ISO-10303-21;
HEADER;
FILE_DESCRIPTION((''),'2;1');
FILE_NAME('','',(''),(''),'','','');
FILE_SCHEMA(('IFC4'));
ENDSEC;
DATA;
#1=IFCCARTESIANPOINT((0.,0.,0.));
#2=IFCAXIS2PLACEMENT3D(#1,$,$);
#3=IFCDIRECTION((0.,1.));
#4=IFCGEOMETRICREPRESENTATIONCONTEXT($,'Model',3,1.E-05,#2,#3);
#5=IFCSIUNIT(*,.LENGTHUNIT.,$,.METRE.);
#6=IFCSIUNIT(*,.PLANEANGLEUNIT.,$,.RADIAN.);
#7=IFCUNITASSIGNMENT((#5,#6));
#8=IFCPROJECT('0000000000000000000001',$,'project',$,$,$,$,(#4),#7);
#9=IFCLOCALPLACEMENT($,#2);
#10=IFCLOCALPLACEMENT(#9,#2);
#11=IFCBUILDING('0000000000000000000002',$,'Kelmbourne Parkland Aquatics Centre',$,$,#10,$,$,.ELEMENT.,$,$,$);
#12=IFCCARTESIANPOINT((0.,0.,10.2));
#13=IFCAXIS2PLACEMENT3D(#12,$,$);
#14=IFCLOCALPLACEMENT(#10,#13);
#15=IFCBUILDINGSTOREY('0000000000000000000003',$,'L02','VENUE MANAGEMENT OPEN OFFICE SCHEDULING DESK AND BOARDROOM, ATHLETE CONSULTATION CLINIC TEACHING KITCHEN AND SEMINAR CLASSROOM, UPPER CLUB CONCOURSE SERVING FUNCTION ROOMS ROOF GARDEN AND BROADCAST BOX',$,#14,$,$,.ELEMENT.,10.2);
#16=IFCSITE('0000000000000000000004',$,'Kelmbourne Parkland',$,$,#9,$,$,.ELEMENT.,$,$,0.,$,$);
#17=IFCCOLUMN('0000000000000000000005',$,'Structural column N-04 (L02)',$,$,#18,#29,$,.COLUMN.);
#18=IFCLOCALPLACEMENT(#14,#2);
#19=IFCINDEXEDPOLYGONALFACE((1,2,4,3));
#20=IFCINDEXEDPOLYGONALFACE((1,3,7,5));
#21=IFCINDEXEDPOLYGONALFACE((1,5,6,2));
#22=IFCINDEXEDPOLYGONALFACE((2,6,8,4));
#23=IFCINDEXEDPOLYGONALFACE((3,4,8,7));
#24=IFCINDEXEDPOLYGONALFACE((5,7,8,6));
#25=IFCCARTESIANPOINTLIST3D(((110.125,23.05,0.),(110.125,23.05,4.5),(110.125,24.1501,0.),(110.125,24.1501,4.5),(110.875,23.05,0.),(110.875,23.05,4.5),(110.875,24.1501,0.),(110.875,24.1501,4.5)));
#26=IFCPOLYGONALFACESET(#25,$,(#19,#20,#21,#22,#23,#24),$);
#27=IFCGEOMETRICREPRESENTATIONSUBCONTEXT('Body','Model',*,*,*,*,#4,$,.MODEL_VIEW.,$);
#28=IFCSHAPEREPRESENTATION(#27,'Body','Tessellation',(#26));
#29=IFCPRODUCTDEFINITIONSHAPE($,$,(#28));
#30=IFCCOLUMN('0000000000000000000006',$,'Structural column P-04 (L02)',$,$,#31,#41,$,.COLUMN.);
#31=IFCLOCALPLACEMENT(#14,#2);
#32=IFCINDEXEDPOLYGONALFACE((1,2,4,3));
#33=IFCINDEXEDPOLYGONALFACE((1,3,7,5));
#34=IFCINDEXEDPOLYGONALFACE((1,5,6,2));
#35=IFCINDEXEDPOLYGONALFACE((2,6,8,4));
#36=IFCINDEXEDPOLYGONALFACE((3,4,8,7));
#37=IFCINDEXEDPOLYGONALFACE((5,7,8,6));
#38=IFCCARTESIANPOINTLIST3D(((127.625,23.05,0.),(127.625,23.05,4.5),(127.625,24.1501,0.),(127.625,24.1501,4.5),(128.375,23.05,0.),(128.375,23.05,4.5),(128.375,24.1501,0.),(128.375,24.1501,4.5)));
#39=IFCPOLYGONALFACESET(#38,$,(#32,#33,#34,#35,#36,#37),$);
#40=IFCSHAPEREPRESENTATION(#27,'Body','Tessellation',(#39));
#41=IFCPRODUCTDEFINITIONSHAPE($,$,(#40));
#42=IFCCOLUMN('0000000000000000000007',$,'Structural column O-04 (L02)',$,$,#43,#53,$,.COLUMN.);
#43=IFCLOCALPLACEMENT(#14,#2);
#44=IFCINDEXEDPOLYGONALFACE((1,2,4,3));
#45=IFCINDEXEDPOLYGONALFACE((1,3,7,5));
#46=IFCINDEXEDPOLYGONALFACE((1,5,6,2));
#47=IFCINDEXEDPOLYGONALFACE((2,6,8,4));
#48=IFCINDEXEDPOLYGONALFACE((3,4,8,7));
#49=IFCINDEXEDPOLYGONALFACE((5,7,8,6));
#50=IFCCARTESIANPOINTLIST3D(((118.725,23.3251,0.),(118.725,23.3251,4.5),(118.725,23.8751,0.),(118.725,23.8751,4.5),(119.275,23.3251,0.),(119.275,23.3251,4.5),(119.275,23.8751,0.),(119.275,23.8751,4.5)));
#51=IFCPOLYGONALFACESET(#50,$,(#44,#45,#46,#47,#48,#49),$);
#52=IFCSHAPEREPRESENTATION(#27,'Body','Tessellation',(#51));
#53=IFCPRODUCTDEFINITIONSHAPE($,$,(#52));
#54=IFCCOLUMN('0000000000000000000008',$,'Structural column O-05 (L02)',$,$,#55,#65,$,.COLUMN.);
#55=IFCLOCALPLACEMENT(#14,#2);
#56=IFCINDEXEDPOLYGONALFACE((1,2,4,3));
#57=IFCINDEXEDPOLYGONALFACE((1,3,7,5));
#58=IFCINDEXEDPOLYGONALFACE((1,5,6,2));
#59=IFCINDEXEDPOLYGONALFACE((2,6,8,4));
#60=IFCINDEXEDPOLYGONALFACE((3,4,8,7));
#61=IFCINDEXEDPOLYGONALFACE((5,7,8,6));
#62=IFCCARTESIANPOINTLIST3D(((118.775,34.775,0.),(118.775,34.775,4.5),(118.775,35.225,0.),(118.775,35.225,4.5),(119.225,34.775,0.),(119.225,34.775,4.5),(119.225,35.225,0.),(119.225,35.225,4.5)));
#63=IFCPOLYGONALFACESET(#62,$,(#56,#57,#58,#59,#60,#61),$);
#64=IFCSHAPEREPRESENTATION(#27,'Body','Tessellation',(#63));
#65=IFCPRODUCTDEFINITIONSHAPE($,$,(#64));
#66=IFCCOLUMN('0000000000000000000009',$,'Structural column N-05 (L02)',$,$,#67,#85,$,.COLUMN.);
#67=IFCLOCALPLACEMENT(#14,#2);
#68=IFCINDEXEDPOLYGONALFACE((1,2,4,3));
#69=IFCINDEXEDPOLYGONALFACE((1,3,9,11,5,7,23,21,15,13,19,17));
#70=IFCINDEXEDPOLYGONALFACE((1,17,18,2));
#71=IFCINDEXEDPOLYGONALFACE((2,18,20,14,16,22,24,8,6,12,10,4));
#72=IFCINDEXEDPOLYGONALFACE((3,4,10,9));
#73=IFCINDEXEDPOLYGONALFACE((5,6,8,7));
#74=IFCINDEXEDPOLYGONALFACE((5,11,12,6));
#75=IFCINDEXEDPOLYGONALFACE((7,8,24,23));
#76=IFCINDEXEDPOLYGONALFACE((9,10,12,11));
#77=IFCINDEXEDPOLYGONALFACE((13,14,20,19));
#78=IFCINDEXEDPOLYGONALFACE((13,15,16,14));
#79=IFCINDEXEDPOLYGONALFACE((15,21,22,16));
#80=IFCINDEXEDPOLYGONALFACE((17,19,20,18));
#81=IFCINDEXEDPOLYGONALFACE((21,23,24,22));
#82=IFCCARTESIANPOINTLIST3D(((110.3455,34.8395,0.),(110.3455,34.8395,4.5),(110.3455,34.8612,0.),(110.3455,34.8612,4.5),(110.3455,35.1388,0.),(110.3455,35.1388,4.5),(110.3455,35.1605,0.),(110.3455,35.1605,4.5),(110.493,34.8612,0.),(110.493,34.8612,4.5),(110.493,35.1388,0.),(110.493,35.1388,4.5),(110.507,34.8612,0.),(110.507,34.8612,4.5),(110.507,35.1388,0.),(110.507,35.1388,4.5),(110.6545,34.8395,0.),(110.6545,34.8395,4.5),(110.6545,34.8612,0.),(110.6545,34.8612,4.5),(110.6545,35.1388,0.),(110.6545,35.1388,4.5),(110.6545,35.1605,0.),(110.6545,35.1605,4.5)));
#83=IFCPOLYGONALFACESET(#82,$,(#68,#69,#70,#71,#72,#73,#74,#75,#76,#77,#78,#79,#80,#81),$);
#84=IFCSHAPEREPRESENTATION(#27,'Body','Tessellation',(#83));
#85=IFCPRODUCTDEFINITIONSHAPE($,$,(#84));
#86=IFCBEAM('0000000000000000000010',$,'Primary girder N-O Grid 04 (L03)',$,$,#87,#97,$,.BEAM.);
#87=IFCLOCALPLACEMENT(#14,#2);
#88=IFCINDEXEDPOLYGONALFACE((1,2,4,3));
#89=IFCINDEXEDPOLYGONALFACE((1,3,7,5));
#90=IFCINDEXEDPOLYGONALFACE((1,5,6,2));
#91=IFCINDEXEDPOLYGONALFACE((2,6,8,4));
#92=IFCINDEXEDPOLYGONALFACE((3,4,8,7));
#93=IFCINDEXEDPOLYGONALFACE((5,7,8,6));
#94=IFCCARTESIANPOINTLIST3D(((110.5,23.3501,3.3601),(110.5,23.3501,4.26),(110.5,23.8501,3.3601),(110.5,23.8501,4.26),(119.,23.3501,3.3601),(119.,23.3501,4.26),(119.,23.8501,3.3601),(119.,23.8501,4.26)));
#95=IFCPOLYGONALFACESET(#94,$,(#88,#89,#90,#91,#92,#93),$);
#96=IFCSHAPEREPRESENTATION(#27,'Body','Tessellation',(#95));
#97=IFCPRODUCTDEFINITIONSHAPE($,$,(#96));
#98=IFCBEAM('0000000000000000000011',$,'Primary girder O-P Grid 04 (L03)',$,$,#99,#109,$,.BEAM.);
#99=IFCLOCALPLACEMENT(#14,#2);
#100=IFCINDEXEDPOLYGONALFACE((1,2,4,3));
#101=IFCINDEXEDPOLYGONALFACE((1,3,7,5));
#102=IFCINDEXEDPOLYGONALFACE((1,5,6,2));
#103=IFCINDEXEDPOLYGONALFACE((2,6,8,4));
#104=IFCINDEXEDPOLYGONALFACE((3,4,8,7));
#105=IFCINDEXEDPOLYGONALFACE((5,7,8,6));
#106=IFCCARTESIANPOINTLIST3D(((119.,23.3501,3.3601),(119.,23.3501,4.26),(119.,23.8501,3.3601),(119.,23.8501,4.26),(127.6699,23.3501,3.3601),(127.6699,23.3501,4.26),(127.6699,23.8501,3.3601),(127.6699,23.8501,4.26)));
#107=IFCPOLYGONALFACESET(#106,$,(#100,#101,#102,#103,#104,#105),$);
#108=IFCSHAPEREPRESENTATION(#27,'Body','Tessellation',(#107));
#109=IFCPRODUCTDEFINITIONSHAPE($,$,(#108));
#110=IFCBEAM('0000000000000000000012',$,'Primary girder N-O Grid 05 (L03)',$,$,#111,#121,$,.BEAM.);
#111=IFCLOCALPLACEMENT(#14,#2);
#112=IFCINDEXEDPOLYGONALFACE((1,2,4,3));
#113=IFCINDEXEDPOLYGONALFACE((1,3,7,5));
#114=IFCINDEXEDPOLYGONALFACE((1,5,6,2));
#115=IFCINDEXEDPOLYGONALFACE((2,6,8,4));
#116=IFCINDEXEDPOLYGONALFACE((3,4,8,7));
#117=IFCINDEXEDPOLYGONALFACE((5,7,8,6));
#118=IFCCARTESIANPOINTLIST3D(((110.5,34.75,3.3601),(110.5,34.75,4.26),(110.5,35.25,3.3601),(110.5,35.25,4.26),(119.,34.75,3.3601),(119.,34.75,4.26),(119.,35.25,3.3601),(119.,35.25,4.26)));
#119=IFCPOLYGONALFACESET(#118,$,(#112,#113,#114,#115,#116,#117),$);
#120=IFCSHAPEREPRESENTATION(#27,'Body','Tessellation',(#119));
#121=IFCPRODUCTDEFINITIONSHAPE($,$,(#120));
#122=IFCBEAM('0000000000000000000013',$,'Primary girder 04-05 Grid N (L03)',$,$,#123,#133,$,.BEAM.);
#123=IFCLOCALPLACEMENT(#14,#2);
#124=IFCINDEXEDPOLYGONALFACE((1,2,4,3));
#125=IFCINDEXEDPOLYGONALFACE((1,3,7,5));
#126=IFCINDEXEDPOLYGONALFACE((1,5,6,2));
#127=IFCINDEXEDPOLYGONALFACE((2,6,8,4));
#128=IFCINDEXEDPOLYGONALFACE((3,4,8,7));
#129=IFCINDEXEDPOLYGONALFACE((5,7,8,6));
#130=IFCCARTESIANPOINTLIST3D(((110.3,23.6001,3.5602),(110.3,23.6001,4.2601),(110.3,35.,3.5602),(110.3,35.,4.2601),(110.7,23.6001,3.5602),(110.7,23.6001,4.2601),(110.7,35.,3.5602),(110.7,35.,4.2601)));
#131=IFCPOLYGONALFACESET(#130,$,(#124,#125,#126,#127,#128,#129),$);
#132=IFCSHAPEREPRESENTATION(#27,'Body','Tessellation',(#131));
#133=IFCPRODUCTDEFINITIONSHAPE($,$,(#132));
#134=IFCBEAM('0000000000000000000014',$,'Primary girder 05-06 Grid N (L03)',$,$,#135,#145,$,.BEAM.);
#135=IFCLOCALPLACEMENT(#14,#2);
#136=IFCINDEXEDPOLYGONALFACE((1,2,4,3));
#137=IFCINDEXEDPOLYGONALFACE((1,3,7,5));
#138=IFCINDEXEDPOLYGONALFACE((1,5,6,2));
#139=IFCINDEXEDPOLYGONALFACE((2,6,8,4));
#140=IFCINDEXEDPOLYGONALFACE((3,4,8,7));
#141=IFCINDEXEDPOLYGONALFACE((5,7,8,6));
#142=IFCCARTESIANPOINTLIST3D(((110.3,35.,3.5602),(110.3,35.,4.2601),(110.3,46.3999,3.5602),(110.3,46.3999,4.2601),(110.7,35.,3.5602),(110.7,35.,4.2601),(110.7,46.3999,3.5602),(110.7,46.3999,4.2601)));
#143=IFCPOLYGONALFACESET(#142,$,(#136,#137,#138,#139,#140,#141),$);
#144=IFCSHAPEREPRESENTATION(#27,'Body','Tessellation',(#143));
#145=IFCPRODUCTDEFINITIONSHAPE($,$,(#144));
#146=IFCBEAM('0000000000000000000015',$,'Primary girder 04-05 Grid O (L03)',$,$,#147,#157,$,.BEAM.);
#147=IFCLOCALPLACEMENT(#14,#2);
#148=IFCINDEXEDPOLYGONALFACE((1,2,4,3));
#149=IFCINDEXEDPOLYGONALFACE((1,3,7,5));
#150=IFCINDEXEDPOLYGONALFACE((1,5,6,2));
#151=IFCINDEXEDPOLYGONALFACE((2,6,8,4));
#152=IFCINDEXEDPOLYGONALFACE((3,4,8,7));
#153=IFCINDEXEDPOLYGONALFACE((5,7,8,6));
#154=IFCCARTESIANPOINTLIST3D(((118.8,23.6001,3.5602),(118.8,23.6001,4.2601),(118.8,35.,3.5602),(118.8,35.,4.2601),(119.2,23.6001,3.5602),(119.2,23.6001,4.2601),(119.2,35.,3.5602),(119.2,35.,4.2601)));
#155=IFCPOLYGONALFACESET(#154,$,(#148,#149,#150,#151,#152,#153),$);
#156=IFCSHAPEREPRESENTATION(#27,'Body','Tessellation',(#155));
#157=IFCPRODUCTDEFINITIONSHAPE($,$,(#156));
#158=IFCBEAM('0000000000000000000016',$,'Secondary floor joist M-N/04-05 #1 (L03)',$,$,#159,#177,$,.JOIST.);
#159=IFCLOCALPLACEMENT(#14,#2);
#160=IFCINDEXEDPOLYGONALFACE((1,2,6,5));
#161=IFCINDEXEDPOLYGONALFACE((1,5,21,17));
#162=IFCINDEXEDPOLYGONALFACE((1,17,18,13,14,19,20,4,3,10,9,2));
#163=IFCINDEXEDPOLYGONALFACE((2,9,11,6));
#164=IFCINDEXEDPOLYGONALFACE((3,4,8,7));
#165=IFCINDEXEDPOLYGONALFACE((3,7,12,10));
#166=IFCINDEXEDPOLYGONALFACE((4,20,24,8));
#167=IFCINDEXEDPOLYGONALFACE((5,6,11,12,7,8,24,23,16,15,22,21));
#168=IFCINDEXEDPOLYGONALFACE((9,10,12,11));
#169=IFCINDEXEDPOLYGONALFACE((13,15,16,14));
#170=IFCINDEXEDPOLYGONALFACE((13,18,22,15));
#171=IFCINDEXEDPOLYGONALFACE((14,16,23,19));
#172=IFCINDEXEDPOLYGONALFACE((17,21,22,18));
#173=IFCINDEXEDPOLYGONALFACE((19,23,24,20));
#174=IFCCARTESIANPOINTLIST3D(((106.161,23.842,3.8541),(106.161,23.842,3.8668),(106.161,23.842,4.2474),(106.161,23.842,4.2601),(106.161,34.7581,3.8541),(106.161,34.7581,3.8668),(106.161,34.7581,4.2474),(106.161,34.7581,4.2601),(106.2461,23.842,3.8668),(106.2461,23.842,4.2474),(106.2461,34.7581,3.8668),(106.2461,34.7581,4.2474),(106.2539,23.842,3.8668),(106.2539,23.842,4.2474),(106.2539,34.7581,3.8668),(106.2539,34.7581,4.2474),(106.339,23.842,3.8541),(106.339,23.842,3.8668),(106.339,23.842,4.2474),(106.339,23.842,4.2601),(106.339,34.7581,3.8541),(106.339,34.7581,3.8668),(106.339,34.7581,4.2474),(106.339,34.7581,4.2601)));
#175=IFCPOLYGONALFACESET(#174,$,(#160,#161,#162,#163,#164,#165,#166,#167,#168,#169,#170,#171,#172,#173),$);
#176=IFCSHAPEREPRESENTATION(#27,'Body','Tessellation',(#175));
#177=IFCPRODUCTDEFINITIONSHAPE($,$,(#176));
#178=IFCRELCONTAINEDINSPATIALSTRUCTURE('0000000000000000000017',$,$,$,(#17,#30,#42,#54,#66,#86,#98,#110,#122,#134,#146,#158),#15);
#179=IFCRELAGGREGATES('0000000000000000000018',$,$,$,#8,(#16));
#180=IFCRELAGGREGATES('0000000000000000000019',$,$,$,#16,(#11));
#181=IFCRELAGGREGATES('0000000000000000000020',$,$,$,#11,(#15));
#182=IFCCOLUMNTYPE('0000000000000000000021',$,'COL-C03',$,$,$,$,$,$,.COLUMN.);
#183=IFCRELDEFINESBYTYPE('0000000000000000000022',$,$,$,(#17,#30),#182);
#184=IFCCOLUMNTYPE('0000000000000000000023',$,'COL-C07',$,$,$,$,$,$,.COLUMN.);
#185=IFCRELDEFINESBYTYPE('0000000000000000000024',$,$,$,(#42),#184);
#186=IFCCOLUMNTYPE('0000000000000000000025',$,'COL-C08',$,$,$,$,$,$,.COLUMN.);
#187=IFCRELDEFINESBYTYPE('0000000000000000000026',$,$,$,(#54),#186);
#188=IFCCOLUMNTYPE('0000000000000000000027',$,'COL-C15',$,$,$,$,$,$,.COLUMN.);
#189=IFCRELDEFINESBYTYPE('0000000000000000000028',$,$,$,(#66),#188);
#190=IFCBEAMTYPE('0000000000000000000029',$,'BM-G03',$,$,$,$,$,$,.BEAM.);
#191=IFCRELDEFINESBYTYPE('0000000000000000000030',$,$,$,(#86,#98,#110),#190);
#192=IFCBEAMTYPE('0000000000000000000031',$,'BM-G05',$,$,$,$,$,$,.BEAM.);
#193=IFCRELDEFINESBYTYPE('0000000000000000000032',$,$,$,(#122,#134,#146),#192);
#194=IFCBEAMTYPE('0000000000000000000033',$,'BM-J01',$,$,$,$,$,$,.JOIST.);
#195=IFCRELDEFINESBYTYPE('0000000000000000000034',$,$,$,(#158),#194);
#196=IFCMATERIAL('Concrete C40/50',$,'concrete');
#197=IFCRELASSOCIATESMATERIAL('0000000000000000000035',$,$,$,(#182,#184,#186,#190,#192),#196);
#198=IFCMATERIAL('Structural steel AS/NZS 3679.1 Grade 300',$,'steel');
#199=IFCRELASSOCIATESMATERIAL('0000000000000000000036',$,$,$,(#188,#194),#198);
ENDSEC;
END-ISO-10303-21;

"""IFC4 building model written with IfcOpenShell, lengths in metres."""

from ifc_helpers import new_model, si_unit, direction, frame, origin, origin_2d, place, context, subcontext, project, spatial, rectangle, i_section, extrude, material, material_profile, profile_set, type_object, element, save


model = new_model("IFC4")

# Units and contexts
model_context = context("Model", 3, precision=1e-05, world=origin(), true_north=direction((0.0, 1.0)))
body_context = subcontext(model_context, "Body", "Model", "MODEL_VIEW")
ifc_project = project(units=[si_unit("LENGTHUNIT", "METRE"), si_unit("PLANEANGLEUNIT", "RADIAN")], contexts=[model_context])

# Site, building, storey
site_placement = place(None, origin())
site = spatial("IfcSite", under=ifc_project, at=site_placement, Name="Kelmbourne Parkland", CompositionType="ELEMENT", RefElevation=0.0)
building_placement = place(site_placement, origin())
building = spatial("IfcBuilding", under=site, at=building_placement, Name="Kelmbourne Parkland Aquatics Centre", CompositionType="ELEMENT")
storey_placement = place(building_placement, frame((0.0, 0.0, 10.2)))
storey = spatial("IfcBuildingStorey", under=building, at=storey_placement, Name="L02", Description="VENUE MANAGEMENT OPEN OFFICE SCHEDULING DESK AND BOARDROOM, ATHLETE CONSULTATION CLINIC TEACHING KITCHEN AND SEMINAR CLASSROOM, UPPER CLUB CONCOURSE SERVING FUNCTION ROOMS ROOF GARDEN AND BROADCAST BOX", CompositionType="ELEMENT", Elevation=10.2)

# Columns
ifc_material_1 = material(Name="Concrete C40/50", Category="concrete")
ifc_material_profile_1 = material_profile(ifc_material_1, rectangle(XDim=0.75, YDim=1.1001, at=origin_2d()), Name="RC 750x1100")
ifc_profile_set_1 = profile_set([ifc_material_profile_1], Name="Concrete C40/50")
column_type_1 = type_object("IfcColumnType", Name="COL-C03", PredefinedType="COLUMN", material=ifc_profile_set_1)
for number, where, z_axis, x_axis, name in (
    (1, (110.5, 23.6001, 0.0), (0.0, 0.0, 1.0), (1.0, 0.0, 0.0), "Structural column N-04 (L02)"),
    (2, (128.0, 23.6001, 0.0), (0.0, 0.0, 1.0), (1.0, 0.0, 0.0), "Structural column P-04 (L02)"),
):
    element("IfcColumn", number, at=place(storey_placement, frame(where, z_axis=z_axis, x_axis=x_axis)), inside=storey, type_object=column_type_1, Name=name, PredefinedType="COLUMN", context=body_context, shape_type="SweptSolid", body=[
        extrude(rectangle(XDim=0.75, YDim=1.1001, at=origin_2d()), origin(), (0.0, 0.0, 1.0), 4.5),
    ])
ifc_material_profile_2 = material_profile(ifc_material_1, rectangle(XDim=0.55, YDim=0.55, at=origin_2d()), Name="RC 550x550")
ifc_profile_set_2 = profile_set([ifc_material_profile_2], Name="Concrete C40/50")
column_type_2 = type_object("IfcColumnType", Name="COL-C07", PredefinedType="COLUMN", material=ifc_profile_set_2)
column_1_placement = place(storey_placement, frame((119.0, 23.6001, 0.0), z_axis=(0.0, 0.0, 1.0), x_axis=(1.0, 0.0, 0.0)))
element("IfcColumn", 3, at=column_1_placement, inside=storey, type_object=column_type_2, Name="Structural column O-04 (L02)", PredefinedType="COLUMN", context=body_context, shape_type="SweptSolid", body=[
    extrude(rectangle(XDim=0.55, YDim=0.55, at=origin_2d()), origin(), (0.0, 0.0, 1.0), 4.5),
])
ifc_material_profile_3 = material_profile(ifc_material_1, rectangle(XDim=0.45, YDim=0.45, at=origin_2d()), Name="RC 450x450")
ifc_profile_set_3 = profile_set([ifc_material_profile_3], Name="Concrete C40/50")
column_type_3 = type_object("IfcColumnType", Name="COL-C08", PredefinedType="COLUMN", material=ifc_profile_set_3)
column_2_placement = place(storey_placement, frame((119.0, 35.0, 0.0), z_axis=(0.0, 0.0, 1.0), x_axis=(1.0, 0.0, 0.0)))
element("IfcColumn", 4, at=column_2_placement, inside=storey, type_object=column_type_3, Name="Structural column O-05 (L02)", PredefinedType="COLUMN", context=body_context, shape_type="SweptSolid", body=[
    extrude(rectangle(XDim=0.45, YDim=0.45, at=origin_2d()), origin(), (0.0, 0.0, 1.0), 4.5),
])
ifc_material_2 = material(Name="Structural steel AS/NZS 3679.1 Grade 300", Category="steel")
ifc_material_profile_4 = material_profile(ifc_material_2, i_section(OverallWidth=0.3091, OverallDepth=0.321, WebThickness=0.0139, FlangeThickness=0.0217, at=origin_2d()), Name="310UC137")
ifc_profile_set_4 = profile_set([ifc_material_profile_4], Name="Structural steel AS/NZS 3679.1 Grade 300")
column_type_4 = type_object("IfcColumnType", Name="COL-C15", PredefinedType="COLUMN", material=ifc_profile_set_4)
column_3_placement = place(storey_placement, frame((110.5, 35.0, 0.0), z_axis=(0.0, 0.0, 1.0), x_axis=(1.0, 0.0, 0.0)))
element("IfcColumn", 5, at=column_3_placement, inside=storey, type_object=column_type_4, Name="Structural column N-05 (L02)", PredefinedType="COLUMN", context=body_context, shape_type="SweptSolid", body=[
    extrude(i_section(OverallWidth=0.3091, OverallDepth=0.321, WebThickness=0.0139, FlangeThickness=0.0217, at=origin_2d()), origin(), (0.0, 0.0, 1.0), 4.5),
])

# Beams
ifc_material_profile_5 = material_profile(ifc_material_1, rectangle(XDim=0.5, YDim=0.8999, at=origin_2d()), Name="RC 500x900")
ifc_profile_set_5 = profile_set([ifc_material_profile_5], Name="Concrete C40/50")
beam_type_1 = type_object("IfcBeamType", Name="BM-G03", PredefinedType="BEAM", material=ifc_profile_set_5)
beam_1_placement = place(storey_placement, frame((110.5, 23.6001, 3.8101), z_axis=(1.0, 0.0, 0.0), x_axis=(0.0, 1.0, 0.0)))
element("IfcBeam", 6, at=beam_1_placement, inside=storey, type_object=beam_type_1, Name="Primary girder N-O Grid 04 (L03)", PredefinedType="BEAM", context=body_context, shape_type="SweptSolid", body=[
    extrude(rectangle(XDim=0.5, YDim=0.8999, at=origin_2d()), origin(), (0.0, 0.0, 1.0), 8.5),
])
beam_2_placement = place(storey_placement, frame((119.0, 23.6001, 3.8101), z_axis=(1.0, 0.0, 0.0), x_axis=(0.0, 1.0, 0.0)))
element("IfcBeam", 7, at=beam_2_placement, inside=storey, type_object=beam_type_1, Name="Primary girder O-P Grid 04 (L03)", PredefinedType="BEAM", context=body_context, shape_type="SweptSolid", body=[
    extrude(rectangle(XDim=0.5, YDim=0.8999, at=origin_2d()), origin(), (0.0, 0.0, 1.0), 8.6699),
])
beam_3_placement = place(storey_placement, frame((110.5, 35.0, 3.8101), z_axis=(1.0, 0.0, 0.0), x_axis=(0.0, 1.0, 0.0)))
element("IfcBeam", 8, at=beam_3_placement, inside=storey, type_object=beam_type_1, Name="Primary girder N-O Grid 05 (L03)", PredefinedType="BEAM", context=body_context, shape_type="SweptSolid", body=[
    extrude(rectangle(XDim=0.5, YDim=0.8999, at=origin_2d()), origin(), (0.0, 0.0, 1.0), 8.5),
])
ifc_material_profile_6 = material_profile(ifc_material_1, rectangle(XDim=0.3999, YDim=0.7, at=origin_2d()), Name="RC 400x700")
ifc_profile_set_6 = profile_set([ifc_material_profile_6], Name="Concrete C40/50")
beam_type_2 = type_object("IfcBeamType", Name="BM-G05", PredefinedType="BEAM", material=ifc_profile_set_6)
for number, where, z_axis, x_axis, name in (
    (9, (110.5, 23.6001, 3.9102), (0.0, 1.0, 0.0), (-1.0, 0.0, 0.0), "Primary girder 04-05 Grid N (L03)"),
    (10, (110.5, 35.0, 3.9102), (0.0, 1.0, 0.0), (-1.0, 0.0, 0.0), "Primary girder 05-06 Grid N (L03)"),
    (11, (119.0, 23.6001, 3.9102), (0.0, 1.0, 0.0), (-1.0, 0.0, 0.0), "Primary girder 04-05 Grid O (L03)"),
):
    element("IfcBeam", number, at=place(storey_placement, frame(where, z_axis=z_axis, x_axis=x_axis)), inside=storey, type_object=beam_type_2, Name=name, PredefinedType="BEAM", context=body_context, shape_type="SweptSolid", body=[
        extrude(rectangle(XDim=0.3999, YDim=0.7, at=origin_2d()), origin(), (0.0, 0.0, 1.0), 11.3999),
    ])
ifc_material_profile_7 = material_profile(ifc_material_2, i_section(OverallWidth=0.178, OverallDepth=0.406, WebThickness=0.0078, FlangeThickness=0.0127, at=origin_2d()), Name="410UB59.7")
ifc_profile_set_7 = profile_set([ifc_material_profile_7], Name="Structural steel AS/NZS 3679.1 Grade 300")
beam_type_3 = type_object("IfcBeamType", Name="BM-J01", PredefinedType="JOIST", material=ifc_profile_set_7)
for number, where, z_axis, x_axis, name in (
    (12, (106.25, 23.842, 4.0571), (0.0, 1.0, 0.0), (-1.0, 0.0, 0.0), "Secondary floor joist M-N/04-05 #1 (L03)"),
):
    element("IfcBeam", number, at=place(storey_placement, frame(where, z_axis=z_axis, x_axis=x_axis)), inside=storey, type_object=beam_type_3, Name=name, PredefinedType="JOIST", context=body_context, shape_type="SweptSolid", body=[
        extrude(i_section(OverallWidth=0.178, OverallDepth=0.406, WebThickness=0.0078, FlangeThickness=0.0127, at=origin_2d()), origin(), (0.0, 0.0, 1.0), 10.916),
    ])

save(model, "model.ifc")
